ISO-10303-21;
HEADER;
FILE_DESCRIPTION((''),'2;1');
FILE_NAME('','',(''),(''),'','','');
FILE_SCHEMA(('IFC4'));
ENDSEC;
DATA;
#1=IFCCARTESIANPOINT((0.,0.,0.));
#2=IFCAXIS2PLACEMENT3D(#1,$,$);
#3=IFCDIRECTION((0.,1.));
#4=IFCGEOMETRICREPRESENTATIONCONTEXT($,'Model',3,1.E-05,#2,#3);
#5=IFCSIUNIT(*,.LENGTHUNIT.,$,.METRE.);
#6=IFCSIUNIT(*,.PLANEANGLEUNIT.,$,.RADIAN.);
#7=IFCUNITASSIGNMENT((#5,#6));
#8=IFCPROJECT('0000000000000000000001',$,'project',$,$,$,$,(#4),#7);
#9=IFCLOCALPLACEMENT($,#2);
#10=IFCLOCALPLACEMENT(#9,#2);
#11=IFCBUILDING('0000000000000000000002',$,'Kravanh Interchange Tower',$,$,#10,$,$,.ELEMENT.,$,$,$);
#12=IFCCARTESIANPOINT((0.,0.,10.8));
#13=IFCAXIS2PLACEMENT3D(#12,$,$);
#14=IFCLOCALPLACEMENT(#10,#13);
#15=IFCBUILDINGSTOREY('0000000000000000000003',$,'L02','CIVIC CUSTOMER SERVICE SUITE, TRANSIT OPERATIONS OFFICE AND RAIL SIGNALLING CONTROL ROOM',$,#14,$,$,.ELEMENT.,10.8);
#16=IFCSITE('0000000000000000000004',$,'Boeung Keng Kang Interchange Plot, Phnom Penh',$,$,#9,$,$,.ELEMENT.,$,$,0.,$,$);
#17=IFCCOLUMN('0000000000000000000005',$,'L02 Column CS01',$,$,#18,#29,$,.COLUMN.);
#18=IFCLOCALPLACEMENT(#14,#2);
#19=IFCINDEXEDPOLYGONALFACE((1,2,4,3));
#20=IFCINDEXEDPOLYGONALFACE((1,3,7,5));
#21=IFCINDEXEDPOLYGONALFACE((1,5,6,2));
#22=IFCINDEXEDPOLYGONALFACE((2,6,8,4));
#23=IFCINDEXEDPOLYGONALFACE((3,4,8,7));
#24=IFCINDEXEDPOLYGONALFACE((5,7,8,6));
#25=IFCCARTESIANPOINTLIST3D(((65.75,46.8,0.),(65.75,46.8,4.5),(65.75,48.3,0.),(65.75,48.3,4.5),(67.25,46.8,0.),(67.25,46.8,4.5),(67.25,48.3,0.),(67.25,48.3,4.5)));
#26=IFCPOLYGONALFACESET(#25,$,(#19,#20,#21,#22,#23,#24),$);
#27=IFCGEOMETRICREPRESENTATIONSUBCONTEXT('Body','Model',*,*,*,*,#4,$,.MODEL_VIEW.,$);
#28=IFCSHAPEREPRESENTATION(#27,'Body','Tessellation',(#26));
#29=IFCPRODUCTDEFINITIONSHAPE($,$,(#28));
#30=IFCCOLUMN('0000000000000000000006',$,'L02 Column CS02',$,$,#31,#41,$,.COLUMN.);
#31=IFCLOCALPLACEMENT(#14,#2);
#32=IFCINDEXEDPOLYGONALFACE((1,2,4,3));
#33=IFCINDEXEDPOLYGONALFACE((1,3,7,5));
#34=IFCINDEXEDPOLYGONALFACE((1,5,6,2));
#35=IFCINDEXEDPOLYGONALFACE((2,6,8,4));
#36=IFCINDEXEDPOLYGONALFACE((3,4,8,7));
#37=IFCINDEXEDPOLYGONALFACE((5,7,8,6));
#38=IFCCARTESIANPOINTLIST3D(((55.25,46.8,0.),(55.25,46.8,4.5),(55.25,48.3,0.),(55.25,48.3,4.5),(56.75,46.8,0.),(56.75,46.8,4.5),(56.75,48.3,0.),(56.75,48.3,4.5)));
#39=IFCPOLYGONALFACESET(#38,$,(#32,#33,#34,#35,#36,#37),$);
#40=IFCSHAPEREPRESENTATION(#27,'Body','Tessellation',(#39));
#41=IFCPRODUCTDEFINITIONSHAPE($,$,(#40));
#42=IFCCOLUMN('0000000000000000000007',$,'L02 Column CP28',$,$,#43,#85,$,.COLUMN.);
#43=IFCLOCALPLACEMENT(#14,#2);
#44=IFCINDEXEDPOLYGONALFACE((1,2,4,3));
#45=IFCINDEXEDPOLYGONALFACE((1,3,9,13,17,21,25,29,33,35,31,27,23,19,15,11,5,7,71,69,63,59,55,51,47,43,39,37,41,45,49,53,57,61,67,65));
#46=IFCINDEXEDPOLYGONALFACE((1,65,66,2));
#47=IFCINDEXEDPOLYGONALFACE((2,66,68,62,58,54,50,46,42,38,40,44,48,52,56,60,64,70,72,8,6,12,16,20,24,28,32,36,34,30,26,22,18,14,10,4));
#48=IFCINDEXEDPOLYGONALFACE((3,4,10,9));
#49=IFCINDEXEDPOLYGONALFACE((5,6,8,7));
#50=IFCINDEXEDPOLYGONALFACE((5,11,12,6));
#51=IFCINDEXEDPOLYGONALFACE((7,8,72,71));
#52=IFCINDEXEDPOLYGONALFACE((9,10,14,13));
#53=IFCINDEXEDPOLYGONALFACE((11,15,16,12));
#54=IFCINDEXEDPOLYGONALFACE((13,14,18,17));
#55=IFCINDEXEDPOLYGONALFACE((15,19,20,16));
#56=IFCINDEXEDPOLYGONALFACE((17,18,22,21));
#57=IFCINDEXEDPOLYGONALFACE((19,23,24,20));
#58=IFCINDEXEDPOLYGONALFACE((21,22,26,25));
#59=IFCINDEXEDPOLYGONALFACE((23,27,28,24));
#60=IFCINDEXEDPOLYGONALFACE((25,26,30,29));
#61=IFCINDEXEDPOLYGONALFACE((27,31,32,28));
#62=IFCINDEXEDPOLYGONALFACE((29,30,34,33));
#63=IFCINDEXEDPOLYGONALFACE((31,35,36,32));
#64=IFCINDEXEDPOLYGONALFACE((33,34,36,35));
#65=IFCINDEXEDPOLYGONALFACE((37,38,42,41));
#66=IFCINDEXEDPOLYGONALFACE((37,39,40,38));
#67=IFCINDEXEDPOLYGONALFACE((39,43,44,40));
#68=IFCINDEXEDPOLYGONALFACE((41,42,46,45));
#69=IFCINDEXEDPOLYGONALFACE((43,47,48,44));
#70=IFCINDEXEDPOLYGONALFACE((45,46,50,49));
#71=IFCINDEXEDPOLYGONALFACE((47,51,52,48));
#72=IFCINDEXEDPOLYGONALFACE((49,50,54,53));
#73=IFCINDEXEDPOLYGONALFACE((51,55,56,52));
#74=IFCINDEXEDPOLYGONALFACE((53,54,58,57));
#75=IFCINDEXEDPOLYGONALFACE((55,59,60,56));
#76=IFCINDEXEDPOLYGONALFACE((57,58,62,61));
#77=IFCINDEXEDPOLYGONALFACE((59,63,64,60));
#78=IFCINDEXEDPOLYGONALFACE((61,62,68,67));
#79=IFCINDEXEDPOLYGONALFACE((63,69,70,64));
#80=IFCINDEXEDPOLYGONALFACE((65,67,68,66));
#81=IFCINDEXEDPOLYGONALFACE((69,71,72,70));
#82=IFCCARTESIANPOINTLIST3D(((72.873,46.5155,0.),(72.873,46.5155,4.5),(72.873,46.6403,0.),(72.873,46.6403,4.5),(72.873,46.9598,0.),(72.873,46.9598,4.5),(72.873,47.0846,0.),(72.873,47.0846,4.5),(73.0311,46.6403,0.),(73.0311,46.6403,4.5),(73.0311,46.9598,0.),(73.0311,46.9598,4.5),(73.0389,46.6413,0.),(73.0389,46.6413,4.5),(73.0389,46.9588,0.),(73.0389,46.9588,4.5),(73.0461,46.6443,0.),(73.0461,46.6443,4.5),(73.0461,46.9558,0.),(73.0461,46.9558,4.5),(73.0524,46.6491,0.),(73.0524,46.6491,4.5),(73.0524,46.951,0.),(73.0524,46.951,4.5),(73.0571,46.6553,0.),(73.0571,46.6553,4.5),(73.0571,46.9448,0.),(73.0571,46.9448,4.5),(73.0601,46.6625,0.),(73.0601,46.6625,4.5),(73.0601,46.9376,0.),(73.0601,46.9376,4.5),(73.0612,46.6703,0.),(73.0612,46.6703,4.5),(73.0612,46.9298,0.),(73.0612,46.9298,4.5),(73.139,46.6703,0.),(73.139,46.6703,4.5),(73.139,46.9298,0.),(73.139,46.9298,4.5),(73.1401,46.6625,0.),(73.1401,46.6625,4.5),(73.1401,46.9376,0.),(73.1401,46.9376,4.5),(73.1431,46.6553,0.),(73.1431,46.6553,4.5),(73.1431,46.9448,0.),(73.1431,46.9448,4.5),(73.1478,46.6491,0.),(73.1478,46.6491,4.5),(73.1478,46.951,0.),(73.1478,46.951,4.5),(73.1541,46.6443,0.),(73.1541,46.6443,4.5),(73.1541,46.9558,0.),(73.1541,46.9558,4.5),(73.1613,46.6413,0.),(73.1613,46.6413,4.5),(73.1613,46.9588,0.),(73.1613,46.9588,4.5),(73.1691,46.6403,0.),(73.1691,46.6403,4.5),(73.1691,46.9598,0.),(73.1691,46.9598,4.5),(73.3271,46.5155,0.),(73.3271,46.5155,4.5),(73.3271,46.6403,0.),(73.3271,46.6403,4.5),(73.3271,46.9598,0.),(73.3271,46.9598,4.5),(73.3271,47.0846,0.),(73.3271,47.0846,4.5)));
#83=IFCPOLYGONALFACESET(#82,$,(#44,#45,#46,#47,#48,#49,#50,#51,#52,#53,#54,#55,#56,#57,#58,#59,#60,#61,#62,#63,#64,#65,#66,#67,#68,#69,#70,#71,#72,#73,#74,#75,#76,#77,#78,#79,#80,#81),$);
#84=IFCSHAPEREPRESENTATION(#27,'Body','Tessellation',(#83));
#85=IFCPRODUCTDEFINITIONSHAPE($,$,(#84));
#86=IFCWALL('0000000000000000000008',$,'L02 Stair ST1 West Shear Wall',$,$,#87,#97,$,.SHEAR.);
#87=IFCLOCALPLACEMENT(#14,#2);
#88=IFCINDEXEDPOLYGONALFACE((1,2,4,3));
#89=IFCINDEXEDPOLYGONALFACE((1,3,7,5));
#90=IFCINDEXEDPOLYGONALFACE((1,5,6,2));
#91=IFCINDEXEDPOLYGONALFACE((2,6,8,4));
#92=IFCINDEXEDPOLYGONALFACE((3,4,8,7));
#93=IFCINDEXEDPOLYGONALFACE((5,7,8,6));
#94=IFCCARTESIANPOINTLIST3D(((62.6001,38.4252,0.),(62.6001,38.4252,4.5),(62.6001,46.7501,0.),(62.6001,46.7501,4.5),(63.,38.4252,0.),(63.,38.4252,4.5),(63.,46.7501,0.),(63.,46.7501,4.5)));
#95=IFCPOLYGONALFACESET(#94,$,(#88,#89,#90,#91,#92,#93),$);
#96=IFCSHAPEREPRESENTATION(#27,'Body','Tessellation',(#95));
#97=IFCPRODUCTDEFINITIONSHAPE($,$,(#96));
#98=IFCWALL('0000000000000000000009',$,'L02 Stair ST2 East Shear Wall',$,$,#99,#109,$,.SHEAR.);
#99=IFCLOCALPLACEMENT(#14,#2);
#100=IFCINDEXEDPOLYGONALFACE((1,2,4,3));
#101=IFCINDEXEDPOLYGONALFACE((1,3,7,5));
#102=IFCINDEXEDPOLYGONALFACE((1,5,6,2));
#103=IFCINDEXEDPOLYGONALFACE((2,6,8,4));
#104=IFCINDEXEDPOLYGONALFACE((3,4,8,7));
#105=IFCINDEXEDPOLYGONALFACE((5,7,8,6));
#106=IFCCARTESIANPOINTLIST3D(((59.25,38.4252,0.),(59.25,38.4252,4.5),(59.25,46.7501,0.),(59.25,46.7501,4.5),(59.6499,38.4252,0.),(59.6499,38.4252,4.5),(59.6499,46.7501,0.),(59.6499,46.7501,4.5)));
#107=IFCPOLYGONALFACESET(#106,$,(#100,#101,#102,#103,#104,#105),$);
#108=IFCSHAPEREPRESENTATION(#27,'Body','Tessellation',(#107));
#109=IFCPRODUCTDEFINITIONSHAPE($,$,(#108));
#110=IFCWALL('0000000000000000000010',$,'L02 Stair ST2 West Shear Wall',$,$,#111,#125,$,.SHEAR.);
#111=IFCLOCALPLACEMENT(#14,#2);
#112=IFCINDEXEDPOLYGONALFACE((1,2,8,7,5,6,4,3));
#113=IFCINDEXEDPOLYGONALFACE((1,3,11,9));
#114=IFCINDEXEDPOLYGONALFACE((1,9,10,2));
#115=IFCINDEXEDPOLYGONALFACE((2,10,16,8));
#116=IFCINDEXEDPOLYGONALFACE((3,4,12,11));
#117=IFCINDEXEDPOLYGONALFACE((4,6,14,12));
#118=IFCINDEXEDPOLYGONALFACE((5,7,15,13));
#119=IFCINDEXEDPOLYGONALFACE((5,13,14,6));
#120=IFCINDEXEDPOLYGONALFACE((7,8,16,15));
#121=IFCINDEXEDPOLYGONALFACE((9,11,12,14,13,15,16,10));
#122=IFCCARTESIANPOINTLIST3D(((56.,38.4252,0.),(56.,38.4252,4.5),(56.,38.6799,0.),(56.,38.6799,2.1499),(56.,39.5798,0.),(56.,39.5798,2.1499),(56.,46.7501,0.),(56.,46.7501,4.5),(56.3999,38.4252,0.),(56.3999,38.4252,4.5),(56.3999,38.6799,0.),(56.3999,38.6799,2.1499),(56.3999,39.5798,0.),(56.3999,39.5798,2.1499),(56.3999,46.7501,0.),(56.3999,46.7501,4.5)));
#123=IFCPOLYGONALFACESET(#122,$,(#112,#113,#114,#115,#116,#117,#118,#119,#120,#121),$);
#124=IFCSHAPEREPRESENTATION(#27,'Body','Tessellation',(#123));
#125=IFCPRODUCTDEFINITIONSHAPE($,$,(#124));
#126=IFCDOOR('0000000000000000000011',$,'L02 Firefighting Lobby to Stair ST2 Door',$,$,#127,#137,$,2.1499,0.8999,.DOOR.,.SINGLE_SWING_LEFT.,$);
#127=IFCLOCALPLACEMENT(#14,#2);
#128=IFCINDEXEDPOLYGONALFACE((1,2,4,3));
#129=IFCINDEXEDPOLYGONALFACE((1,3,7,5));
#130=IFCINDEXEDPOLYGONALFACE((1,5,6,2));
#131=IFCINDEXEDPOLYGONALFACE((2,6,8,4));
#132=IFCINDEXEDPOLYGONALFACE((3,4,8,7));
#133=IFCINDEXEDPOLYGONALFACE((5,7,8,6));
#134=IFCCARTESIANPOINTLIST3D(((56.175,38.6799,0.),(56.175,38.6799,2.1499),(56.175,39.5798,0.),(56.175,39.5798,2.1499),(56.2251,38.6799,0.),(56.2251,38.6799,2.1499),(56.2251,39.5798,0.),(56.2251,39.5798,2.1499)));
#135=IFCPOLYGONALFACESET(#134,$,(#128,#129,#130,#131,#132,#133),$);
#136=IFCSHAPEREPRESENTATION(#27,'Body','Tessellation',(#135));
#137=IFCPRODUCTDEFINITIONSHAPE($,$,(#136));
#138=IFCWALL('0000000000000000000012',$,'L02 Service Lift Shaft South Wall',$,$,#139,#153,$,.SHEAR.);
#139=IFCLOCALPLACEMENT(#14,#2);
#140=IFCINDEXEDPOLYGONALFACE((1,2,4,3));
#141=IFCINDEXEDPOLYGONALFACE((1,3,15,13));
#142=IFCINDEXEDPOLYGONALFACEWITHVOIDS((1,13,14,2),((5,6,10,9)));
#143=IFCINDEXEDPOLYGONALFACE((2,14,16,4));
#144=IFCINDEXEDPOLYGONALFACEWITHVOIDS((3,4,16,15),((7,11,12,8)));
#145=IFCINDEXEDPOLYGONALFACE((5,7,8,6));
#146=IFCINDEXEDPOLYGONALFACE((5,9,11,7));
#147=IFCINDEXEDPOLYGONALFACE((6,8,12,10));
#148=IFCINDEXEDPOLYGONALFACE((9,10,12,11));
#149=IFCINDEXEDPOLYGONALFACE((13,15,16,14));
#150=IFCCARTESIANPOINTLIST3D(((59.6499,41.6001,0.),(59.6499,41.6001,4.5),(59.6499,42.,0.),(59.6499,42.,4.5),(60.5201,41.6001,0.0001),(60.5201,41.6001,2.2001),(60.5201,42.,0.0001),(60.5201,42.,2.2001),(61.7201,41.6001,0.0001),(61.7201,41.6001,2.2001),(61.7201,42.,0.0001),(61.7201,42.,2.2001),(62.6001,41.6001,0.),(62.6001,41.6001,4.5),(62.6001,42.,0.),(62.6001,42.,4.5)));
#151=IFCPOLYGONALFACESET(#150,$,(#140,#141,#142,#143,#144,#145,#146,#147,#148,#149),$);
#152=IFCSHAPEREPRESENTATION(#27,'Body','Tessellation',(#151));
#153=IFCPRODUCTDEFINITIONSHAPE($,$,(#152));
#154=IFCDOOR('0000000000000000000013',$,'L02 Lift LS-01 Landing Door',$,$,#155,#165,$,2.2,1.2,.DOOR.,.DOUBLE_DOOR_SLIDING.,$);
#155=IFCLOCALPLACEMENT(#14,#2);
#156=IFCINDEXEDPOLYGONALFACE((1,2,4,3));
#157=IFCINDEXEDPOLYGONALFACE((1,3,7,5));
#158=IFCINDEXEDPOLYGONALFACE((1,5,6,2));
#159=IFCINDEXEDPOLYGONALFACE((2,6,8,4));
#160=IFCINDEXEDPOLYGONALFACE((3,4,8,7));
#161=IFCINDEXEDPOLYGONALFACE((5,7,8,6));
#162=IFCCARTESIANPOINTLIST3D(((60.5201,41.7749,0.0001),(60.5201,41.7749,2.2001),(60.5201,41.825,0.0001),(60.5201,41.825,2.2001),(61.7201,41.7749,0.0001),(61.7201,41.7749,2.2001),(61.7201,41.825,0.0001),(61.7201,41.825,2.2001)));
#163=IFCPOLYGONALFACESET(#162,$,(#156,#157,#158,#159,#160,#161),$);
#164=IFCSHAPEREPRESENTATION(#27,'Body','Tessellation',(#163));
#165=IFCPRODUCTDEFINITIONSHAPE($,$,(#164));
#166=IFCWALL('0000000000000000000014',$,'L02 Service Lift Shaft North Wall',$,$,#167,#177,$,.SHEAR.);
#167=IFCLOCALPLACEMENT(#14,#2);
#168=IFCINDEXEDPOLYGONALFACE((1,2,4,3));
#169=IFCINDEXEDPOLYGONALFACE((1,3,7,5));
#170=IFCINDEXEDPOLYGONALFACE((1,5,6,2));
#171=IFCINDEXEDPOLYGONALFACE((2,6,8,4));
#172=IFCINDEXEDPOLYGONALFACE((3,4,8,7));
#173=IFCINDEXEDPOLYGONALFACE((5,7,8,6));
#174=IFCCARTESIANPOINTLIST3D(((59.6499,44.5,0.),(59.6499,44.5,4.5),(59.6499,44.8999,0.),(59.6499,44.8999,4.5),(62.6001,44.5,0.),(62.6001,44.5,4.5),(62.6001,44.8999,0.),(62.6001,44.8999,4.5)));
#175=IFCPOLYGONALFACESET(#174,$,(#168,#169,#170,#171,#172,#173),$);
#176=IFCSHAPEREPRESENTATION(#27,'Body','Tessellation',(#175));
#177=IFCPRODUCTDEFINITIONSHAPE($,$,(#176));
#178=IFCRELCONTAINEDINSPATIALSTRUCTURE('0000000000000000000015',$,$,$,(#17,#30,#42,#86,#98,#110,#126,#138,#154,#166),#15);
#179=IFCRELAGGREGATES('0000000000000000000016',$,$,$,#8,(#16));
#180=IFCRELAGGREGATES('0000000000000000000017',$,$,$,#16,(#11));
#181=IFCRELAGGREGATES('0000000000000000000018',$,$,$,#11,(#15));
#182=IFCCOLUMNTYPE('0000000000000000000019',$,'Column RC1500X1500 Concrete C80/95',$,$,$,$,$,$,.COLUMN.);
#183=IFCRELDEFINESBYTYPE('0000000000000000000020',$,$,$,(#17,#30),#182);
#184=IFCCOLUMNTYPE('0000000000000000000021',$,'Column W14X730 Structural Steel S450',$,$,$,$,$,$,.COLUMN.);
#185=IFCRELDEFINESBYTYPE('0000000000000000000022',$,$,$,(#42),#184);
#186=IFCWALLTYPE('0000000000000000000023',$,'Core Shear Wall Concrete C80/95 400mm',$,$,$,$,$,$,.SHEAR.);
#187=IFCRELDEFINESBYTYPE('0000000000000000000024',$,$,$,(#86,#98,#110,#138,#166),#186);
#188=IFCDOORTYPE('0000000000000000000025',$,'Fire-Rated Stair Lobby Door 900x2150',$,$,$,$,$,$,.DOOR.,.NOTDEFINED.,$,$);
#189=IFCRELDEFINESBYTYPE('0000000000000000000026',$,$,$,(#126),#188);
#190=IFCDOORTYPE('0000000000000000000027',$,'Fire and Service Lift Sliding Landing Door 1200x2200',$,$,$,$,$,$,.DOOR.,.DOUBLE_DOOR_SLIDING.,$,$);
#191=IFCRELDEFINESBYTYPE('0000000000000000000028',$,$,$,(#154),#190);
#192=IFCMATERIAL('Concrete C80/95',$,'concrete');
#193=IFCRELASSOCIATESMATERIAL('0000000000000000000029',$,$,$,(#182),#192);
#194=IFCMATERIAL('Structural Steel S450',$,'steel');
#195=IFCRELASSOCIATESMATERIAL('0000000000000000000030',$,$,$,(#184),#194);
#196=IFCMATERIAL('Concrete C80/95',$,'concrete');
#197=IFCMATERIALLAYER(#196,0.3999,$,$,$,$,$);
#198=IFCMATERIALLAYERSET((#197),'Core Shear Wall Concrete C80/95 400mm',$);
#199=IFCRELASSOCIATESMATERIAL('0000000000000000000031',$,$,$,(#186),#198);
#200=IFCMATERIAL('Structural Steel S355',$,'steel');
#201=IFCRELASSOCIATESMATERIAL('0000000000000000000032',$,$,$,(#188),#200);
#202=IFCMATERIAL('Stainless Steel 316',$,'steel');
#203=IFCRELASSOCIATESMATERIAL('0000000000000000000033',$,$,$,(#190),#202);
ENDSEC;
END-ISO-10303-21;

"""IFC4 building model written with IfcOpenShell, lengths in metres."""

from ifc_helpers import new_model, si_unit, direction, frame, frame_2d, origin, origin_2d, place, context, subcontext, project, spatial, rectangle, i_section, extrude, material, layer, layer_set, material_profile, profile_set, type_object, element, fill, save


model = new_model("IFC4")

# Units and contexts
model_context = context("Model", 3, precision=1e-05, world=origin(), true_north=direction((0.0, 1.0)))
body_context = subcontext(model_context, "Body", "Model", "MODEL_VIEW")
ifc_project = project(units=[si_unit("LENGTHUNIT", "METRE"), si_unit("PLANEANGLEUNIT", "RADIAN")], contexts=[model_context])

# Site, building, storey
site_placement = place(None, origin())
site = spatial("IfcSite", under=ifc_project, at=site_placement, Name="Boeung Keng Kang Interchange Plot, Phnom Penh", CompositionType="ELEMENT", RefElevation=0.0)
building_placement = place(site_placement, origin())
building = spatial("IfcBuilding", under=site, at=building_placement, Name="Kravanh Interchange Tower", CompositionType="ELEMENT")
storey_placement = place(building_placement, frame((0.0, 0.0, 10.8)))
storey = spatial("IfcBuildingStorey", under=building, at=storey_placement, Name="L02", Description="CIVIC CUSTOMER SERVICE SUITE, TRANSIT OPERATIONS OFFICE AND RAIL SIGNALLING CONTROL ROOM", CompositionType="ELEMENT", Elevation=10.8)

# Columns
ifc_material_1 = material(Name="Concrete C80/95", Category="concrete")
ifc_material_profile_1 = material_profile(ifc_material_1, rectangle(XDim=1.5, YDim=1.5, at=origin_2d()), Name="RC1500X1500")
ifc_profile_set_1 = profile_set([ifc_material_profile_1], Name="Concrete C80/95")
column_type_1 = type_object("IfcColumnType", Name="Column RC1500X1500 Concrete C80/95", PredefinedType="COLUMN", material=ifc_profile_set_1)
for number, where, z_axis, x_axis, name in (
    (1, (66.5, 47.55, 0.0), (0.0, 0.0, 1.0), (1.0, 0.0, 0.0), "L02 Column CS01"),
    (2, (56.0, 47.55, 0.0), (0.0, 0.0, 1.0), (1.0, 0.0, 0.0), "L02 Column CS02"),
):
    element("IfcColumn", number, at=place(storey_placement, frame(where, z_axis=z_axis, x_axis=x_axis)), inside=storey, type_object=column_type_1, Name=name, PredefinedType="COLUMN", context=body_context, shape_type="SweptSolid", body=[
        extrude(rectangle(XDim=1.5, YDim=1.5, at=origin_2d()), origin(), (0.0, 0.0, 1.0), 4.5),
    ])
ifc_material_2 = material(Name="Structural Steel S450", Category="steel")
ifc_material_profile_2 = material_profile(ifc_material_2, i_section(OverallWidth=0.4541, OverallDepth=0.5691, WebThickness=0.0779, FlangeThickness=0.1248, FilletRadius=0.03, at=origin_2d()), Name="W14X730")
ifc_profile_set_2 = profile_set([ifc_material_profile_2], Name="Structural Steel S450")
column_type_2 = type_object("IfcColumnType", Name="Column W14X730 Structural Steel S450", PredefinedType="COLUMN", material=ifc_profile_set_2)
column_placement = place(storey_placement, frame((73.1001, 46.8, 0.0), z_axis=(0.0, 0.0, 1.0), x_axis=(1.0, 0.0, 0.0)))
element("IfcColumn", 3, at=column_placement, inside=storey, type_object=column_type_2, Name="L02 Column CP28", PredefinedType="COLUMN", context=body_context, shape_type="SweptSolid", body=[
    extrude(i_section(OverallWidth=0.4541, OverallDepth=0.5691, WebThickness=0.0779, FlangeThickness=0.1248, FilletRadius=0.03, at=origin_2d()), origin(), (0.0, 0.0, 1.0), 4.5),
])

# Walls
ifc_material_3 = material(Name="Concrete C80/95", Category="concrete")
ifc_layer_1 = layer(ifc_material_3, 0.3999)
ifc_layer_set_1 = layer_set([ifc_layer_1], Name="Core Shear Wall Concrete C80/95 400mm")
wall_type_1 = type_object("IfcWallType", Name="Core Shear Wall Concrete C80/95 400mm", PredefinedType="SHEAR", material=ifc_layer_set_1)
for number, where, z_axis, x_axis, name in (
    (4, (62.8, 38.425, 0.0), (0.0, 0.0, 1.0), (0.0, 1.0, 0.0), "L02 Stair ST1 West Shear Wall"),
    (5, (59.45, 38.425, 0.0), (0.0, 0.0, 1.0), (0.0, 1.0, 0.0), "L02 Stair ST2 East Shear Wall"),
):
    element("IfcWall", number, at=place(storey_placement, frame(where, z_axis=z_axis, x_axis=x_axis)), inside=storey, type_object=wall_type_1, Name=name, PredefinedType="SHEAR", context=body_context, shape_type="SweptSolid", body=[
        extrude(rectangle(XDim=8.325, YDim=0.3999, at=frame_2d((4.1626, 0.0))), origin(), (0.0, 0.0, 1.0), 4.5),
    ])

# Walls, openings, doors
wall_1_placement = place(storey_placement, frame((56.2, 38.425, 0.0), z_axis=(0.0, 0.0, 1.0), x_axis=(0.0, 1.0, 0.0)))
wall_1 = element("IfcWall", 6, at=wall_1_placement, inside=storey, type_object=wall_type_1, Name="L02 Stair ST2 West Shear Wall", PredefinedType="SHEAR", context=body_context, shape_type="SweptSolid", body=[
    extrude(rectangle(XDim=8.325, YDim=0.3999, at=frame_2d((4.1626, 0.0))), origin(), (0.0, 0.0, 1.0), 4.5),
])
opening_1_placement = place(wall_1_placement, frame((0.2549, 0.0, 0.0)))
opening_1 = element("IfcOpeningElement", 7, at=opening_1_placement, cuts=wall_1, PredefinedType="OPENING", context=body_context, shape_type="SweptSolid", body=[
    extrude(rectangle(XDim=0.8999, YDim=2.1499, at=frame_2d((0.45, 1.075))), frame((0.0, 0.21, 0.0), z_axis=(0.0, -1.0, 0.0), x_axis=(1.0, 0.0, 0.0)), (0.0, 0.0, 1.0), 0.4199),
])
ifc_material_4 = material(Name="Structural Steel S355", Category="steel")
door_type_1 = type_object("IfcDoorType", Name="Fire-Rated Stair Lobby Door 900x2150", OperationType="NOTDEFINED", PredefinedType="DOOR", material=ifc_material_4)
door_1_placement = place(opening_1_placement, origin())
door_1 = element("IfcDoor", 8, at=door_1_placement, inside=storey, type_object=door_type_1, Name="L02 Firefighting Lobby to Stair ST2 Door", OperationType="SINGLE_SWING_LEFT", OverallHeight=2.1499, OverallWidth=0.8999, PredefinedType="DOOR", context=body_context, shape_type="SweptSolid", body=[
    extrude(rectangle(XDim=0.8999, YDim=2.1499, at=frame_2d((0.45, 1.075))), frame((0.0, 0.0249, 0.0), z_axis=(0.0, -1.0, 0.0), x_axis=(1.0, 0.0, 0.0)), (0.0, 0.0, 1.0), 0.05),
])
fill(opening_1, door_1)
wall_2_placement = place(storey_placement, frame((59.6499, 41.8, 0.0), z_axis=(0.0, 0.0, 1.0), x_axis=(1.0, 0.0, 0.0)))
wall_2 = element("IfcWall", 9, at=wall_2_placement, inside=storey, type_object=wall_type_1, Name="L02 Service Lift Shaft South Wall", PredefinedType="SHEAR", context=body_context, shape_type="SweptSolid", body=[
    extrude(rectangle(XDim=2.9502, YDim=0.3999, at=frame_2d((1.4751, 0.0))), origin(), (0.0, 0.0, 1.0), 4.5),
])
opening_2_placement = place(wall_2_placement, frame((0.8701, 0.0, 0.0)))
opening_2 = element("IfcOpeningElement", 10, at=opening_2_placement, cuts=wall_2, PredefinedType="OPENING", context=body_context, shape_type="SweptSolid", body=[
    extrude(rectangle(XDim=1.2, YDim=2.2, at=frame_2d((0.6001, 1.1001))), frame((0.0, 0.21, 0.0), z_axis=(0.0, -1.0, 0.0), x_axis=(1.0, 0.0, 0.0)), (0.0, 0.0, 1.0), 0.4199),
])
ifc_material_5 = material(Name="Stainless Steel 316", Category="steel")
door_type_2 = type_object("IfcDoorType", Name="Fire and Service Lift Sliding Landing Door 1200x2200", OperationType="DOUBLE_DOOR_SLIDING", PredefinedType="DOOR", material=ifc_material_5)
door_2_placement = place(opening_2_placement, origin())
door_2 = element("IfcDoor", 11, at=door_2_placement, inside=storey, type_object=door_type_2, Name="L02 Lift LS-01 Landing Door", OperationType="DOUBLE_DOOR_SLIDING", OverallHeight=2.2, OverallWidth=1.2, PredefinedType="DOOR", context=body_context, shape_type="SweptSolid", body=[
    extrude(rectangle(XDim=1.2, YDim=2.2, at=frame_2d((0.6001, 1.1001))), frame((0.0, 0.0249, 0.0), z_axis=(0.0, -1.0, 0.0), x_axis=(1.0, 0.0, 0.0)), (0.0, 0.0, 1.0), 0.05),
])
fill(opening_2, door_2)

# Wall
wall_3_placement = place(storey_placement, frame((59.6499, 44.7, 0.0), z_axis=(0.0, 0.0, 1.0), x_axis=(1.0, 0.0, 0.0)))
element("IfcWall", 12, at=wall_3_placement, inside=storey, type_object=wall_type_1, Name="L02 Service Lift Shaft North Wall", PredefinedType="SHEAR", context=body_context, shape_type="SweptSolid", body=[
    extrude(rectangle(XDim=2.9502, YDim=0.3999, at=frame_2d((1.4751, 0.0))), origin(), (0.0, 0.0, 1.0), 4.5),
])

save(model, "model.ifc")
